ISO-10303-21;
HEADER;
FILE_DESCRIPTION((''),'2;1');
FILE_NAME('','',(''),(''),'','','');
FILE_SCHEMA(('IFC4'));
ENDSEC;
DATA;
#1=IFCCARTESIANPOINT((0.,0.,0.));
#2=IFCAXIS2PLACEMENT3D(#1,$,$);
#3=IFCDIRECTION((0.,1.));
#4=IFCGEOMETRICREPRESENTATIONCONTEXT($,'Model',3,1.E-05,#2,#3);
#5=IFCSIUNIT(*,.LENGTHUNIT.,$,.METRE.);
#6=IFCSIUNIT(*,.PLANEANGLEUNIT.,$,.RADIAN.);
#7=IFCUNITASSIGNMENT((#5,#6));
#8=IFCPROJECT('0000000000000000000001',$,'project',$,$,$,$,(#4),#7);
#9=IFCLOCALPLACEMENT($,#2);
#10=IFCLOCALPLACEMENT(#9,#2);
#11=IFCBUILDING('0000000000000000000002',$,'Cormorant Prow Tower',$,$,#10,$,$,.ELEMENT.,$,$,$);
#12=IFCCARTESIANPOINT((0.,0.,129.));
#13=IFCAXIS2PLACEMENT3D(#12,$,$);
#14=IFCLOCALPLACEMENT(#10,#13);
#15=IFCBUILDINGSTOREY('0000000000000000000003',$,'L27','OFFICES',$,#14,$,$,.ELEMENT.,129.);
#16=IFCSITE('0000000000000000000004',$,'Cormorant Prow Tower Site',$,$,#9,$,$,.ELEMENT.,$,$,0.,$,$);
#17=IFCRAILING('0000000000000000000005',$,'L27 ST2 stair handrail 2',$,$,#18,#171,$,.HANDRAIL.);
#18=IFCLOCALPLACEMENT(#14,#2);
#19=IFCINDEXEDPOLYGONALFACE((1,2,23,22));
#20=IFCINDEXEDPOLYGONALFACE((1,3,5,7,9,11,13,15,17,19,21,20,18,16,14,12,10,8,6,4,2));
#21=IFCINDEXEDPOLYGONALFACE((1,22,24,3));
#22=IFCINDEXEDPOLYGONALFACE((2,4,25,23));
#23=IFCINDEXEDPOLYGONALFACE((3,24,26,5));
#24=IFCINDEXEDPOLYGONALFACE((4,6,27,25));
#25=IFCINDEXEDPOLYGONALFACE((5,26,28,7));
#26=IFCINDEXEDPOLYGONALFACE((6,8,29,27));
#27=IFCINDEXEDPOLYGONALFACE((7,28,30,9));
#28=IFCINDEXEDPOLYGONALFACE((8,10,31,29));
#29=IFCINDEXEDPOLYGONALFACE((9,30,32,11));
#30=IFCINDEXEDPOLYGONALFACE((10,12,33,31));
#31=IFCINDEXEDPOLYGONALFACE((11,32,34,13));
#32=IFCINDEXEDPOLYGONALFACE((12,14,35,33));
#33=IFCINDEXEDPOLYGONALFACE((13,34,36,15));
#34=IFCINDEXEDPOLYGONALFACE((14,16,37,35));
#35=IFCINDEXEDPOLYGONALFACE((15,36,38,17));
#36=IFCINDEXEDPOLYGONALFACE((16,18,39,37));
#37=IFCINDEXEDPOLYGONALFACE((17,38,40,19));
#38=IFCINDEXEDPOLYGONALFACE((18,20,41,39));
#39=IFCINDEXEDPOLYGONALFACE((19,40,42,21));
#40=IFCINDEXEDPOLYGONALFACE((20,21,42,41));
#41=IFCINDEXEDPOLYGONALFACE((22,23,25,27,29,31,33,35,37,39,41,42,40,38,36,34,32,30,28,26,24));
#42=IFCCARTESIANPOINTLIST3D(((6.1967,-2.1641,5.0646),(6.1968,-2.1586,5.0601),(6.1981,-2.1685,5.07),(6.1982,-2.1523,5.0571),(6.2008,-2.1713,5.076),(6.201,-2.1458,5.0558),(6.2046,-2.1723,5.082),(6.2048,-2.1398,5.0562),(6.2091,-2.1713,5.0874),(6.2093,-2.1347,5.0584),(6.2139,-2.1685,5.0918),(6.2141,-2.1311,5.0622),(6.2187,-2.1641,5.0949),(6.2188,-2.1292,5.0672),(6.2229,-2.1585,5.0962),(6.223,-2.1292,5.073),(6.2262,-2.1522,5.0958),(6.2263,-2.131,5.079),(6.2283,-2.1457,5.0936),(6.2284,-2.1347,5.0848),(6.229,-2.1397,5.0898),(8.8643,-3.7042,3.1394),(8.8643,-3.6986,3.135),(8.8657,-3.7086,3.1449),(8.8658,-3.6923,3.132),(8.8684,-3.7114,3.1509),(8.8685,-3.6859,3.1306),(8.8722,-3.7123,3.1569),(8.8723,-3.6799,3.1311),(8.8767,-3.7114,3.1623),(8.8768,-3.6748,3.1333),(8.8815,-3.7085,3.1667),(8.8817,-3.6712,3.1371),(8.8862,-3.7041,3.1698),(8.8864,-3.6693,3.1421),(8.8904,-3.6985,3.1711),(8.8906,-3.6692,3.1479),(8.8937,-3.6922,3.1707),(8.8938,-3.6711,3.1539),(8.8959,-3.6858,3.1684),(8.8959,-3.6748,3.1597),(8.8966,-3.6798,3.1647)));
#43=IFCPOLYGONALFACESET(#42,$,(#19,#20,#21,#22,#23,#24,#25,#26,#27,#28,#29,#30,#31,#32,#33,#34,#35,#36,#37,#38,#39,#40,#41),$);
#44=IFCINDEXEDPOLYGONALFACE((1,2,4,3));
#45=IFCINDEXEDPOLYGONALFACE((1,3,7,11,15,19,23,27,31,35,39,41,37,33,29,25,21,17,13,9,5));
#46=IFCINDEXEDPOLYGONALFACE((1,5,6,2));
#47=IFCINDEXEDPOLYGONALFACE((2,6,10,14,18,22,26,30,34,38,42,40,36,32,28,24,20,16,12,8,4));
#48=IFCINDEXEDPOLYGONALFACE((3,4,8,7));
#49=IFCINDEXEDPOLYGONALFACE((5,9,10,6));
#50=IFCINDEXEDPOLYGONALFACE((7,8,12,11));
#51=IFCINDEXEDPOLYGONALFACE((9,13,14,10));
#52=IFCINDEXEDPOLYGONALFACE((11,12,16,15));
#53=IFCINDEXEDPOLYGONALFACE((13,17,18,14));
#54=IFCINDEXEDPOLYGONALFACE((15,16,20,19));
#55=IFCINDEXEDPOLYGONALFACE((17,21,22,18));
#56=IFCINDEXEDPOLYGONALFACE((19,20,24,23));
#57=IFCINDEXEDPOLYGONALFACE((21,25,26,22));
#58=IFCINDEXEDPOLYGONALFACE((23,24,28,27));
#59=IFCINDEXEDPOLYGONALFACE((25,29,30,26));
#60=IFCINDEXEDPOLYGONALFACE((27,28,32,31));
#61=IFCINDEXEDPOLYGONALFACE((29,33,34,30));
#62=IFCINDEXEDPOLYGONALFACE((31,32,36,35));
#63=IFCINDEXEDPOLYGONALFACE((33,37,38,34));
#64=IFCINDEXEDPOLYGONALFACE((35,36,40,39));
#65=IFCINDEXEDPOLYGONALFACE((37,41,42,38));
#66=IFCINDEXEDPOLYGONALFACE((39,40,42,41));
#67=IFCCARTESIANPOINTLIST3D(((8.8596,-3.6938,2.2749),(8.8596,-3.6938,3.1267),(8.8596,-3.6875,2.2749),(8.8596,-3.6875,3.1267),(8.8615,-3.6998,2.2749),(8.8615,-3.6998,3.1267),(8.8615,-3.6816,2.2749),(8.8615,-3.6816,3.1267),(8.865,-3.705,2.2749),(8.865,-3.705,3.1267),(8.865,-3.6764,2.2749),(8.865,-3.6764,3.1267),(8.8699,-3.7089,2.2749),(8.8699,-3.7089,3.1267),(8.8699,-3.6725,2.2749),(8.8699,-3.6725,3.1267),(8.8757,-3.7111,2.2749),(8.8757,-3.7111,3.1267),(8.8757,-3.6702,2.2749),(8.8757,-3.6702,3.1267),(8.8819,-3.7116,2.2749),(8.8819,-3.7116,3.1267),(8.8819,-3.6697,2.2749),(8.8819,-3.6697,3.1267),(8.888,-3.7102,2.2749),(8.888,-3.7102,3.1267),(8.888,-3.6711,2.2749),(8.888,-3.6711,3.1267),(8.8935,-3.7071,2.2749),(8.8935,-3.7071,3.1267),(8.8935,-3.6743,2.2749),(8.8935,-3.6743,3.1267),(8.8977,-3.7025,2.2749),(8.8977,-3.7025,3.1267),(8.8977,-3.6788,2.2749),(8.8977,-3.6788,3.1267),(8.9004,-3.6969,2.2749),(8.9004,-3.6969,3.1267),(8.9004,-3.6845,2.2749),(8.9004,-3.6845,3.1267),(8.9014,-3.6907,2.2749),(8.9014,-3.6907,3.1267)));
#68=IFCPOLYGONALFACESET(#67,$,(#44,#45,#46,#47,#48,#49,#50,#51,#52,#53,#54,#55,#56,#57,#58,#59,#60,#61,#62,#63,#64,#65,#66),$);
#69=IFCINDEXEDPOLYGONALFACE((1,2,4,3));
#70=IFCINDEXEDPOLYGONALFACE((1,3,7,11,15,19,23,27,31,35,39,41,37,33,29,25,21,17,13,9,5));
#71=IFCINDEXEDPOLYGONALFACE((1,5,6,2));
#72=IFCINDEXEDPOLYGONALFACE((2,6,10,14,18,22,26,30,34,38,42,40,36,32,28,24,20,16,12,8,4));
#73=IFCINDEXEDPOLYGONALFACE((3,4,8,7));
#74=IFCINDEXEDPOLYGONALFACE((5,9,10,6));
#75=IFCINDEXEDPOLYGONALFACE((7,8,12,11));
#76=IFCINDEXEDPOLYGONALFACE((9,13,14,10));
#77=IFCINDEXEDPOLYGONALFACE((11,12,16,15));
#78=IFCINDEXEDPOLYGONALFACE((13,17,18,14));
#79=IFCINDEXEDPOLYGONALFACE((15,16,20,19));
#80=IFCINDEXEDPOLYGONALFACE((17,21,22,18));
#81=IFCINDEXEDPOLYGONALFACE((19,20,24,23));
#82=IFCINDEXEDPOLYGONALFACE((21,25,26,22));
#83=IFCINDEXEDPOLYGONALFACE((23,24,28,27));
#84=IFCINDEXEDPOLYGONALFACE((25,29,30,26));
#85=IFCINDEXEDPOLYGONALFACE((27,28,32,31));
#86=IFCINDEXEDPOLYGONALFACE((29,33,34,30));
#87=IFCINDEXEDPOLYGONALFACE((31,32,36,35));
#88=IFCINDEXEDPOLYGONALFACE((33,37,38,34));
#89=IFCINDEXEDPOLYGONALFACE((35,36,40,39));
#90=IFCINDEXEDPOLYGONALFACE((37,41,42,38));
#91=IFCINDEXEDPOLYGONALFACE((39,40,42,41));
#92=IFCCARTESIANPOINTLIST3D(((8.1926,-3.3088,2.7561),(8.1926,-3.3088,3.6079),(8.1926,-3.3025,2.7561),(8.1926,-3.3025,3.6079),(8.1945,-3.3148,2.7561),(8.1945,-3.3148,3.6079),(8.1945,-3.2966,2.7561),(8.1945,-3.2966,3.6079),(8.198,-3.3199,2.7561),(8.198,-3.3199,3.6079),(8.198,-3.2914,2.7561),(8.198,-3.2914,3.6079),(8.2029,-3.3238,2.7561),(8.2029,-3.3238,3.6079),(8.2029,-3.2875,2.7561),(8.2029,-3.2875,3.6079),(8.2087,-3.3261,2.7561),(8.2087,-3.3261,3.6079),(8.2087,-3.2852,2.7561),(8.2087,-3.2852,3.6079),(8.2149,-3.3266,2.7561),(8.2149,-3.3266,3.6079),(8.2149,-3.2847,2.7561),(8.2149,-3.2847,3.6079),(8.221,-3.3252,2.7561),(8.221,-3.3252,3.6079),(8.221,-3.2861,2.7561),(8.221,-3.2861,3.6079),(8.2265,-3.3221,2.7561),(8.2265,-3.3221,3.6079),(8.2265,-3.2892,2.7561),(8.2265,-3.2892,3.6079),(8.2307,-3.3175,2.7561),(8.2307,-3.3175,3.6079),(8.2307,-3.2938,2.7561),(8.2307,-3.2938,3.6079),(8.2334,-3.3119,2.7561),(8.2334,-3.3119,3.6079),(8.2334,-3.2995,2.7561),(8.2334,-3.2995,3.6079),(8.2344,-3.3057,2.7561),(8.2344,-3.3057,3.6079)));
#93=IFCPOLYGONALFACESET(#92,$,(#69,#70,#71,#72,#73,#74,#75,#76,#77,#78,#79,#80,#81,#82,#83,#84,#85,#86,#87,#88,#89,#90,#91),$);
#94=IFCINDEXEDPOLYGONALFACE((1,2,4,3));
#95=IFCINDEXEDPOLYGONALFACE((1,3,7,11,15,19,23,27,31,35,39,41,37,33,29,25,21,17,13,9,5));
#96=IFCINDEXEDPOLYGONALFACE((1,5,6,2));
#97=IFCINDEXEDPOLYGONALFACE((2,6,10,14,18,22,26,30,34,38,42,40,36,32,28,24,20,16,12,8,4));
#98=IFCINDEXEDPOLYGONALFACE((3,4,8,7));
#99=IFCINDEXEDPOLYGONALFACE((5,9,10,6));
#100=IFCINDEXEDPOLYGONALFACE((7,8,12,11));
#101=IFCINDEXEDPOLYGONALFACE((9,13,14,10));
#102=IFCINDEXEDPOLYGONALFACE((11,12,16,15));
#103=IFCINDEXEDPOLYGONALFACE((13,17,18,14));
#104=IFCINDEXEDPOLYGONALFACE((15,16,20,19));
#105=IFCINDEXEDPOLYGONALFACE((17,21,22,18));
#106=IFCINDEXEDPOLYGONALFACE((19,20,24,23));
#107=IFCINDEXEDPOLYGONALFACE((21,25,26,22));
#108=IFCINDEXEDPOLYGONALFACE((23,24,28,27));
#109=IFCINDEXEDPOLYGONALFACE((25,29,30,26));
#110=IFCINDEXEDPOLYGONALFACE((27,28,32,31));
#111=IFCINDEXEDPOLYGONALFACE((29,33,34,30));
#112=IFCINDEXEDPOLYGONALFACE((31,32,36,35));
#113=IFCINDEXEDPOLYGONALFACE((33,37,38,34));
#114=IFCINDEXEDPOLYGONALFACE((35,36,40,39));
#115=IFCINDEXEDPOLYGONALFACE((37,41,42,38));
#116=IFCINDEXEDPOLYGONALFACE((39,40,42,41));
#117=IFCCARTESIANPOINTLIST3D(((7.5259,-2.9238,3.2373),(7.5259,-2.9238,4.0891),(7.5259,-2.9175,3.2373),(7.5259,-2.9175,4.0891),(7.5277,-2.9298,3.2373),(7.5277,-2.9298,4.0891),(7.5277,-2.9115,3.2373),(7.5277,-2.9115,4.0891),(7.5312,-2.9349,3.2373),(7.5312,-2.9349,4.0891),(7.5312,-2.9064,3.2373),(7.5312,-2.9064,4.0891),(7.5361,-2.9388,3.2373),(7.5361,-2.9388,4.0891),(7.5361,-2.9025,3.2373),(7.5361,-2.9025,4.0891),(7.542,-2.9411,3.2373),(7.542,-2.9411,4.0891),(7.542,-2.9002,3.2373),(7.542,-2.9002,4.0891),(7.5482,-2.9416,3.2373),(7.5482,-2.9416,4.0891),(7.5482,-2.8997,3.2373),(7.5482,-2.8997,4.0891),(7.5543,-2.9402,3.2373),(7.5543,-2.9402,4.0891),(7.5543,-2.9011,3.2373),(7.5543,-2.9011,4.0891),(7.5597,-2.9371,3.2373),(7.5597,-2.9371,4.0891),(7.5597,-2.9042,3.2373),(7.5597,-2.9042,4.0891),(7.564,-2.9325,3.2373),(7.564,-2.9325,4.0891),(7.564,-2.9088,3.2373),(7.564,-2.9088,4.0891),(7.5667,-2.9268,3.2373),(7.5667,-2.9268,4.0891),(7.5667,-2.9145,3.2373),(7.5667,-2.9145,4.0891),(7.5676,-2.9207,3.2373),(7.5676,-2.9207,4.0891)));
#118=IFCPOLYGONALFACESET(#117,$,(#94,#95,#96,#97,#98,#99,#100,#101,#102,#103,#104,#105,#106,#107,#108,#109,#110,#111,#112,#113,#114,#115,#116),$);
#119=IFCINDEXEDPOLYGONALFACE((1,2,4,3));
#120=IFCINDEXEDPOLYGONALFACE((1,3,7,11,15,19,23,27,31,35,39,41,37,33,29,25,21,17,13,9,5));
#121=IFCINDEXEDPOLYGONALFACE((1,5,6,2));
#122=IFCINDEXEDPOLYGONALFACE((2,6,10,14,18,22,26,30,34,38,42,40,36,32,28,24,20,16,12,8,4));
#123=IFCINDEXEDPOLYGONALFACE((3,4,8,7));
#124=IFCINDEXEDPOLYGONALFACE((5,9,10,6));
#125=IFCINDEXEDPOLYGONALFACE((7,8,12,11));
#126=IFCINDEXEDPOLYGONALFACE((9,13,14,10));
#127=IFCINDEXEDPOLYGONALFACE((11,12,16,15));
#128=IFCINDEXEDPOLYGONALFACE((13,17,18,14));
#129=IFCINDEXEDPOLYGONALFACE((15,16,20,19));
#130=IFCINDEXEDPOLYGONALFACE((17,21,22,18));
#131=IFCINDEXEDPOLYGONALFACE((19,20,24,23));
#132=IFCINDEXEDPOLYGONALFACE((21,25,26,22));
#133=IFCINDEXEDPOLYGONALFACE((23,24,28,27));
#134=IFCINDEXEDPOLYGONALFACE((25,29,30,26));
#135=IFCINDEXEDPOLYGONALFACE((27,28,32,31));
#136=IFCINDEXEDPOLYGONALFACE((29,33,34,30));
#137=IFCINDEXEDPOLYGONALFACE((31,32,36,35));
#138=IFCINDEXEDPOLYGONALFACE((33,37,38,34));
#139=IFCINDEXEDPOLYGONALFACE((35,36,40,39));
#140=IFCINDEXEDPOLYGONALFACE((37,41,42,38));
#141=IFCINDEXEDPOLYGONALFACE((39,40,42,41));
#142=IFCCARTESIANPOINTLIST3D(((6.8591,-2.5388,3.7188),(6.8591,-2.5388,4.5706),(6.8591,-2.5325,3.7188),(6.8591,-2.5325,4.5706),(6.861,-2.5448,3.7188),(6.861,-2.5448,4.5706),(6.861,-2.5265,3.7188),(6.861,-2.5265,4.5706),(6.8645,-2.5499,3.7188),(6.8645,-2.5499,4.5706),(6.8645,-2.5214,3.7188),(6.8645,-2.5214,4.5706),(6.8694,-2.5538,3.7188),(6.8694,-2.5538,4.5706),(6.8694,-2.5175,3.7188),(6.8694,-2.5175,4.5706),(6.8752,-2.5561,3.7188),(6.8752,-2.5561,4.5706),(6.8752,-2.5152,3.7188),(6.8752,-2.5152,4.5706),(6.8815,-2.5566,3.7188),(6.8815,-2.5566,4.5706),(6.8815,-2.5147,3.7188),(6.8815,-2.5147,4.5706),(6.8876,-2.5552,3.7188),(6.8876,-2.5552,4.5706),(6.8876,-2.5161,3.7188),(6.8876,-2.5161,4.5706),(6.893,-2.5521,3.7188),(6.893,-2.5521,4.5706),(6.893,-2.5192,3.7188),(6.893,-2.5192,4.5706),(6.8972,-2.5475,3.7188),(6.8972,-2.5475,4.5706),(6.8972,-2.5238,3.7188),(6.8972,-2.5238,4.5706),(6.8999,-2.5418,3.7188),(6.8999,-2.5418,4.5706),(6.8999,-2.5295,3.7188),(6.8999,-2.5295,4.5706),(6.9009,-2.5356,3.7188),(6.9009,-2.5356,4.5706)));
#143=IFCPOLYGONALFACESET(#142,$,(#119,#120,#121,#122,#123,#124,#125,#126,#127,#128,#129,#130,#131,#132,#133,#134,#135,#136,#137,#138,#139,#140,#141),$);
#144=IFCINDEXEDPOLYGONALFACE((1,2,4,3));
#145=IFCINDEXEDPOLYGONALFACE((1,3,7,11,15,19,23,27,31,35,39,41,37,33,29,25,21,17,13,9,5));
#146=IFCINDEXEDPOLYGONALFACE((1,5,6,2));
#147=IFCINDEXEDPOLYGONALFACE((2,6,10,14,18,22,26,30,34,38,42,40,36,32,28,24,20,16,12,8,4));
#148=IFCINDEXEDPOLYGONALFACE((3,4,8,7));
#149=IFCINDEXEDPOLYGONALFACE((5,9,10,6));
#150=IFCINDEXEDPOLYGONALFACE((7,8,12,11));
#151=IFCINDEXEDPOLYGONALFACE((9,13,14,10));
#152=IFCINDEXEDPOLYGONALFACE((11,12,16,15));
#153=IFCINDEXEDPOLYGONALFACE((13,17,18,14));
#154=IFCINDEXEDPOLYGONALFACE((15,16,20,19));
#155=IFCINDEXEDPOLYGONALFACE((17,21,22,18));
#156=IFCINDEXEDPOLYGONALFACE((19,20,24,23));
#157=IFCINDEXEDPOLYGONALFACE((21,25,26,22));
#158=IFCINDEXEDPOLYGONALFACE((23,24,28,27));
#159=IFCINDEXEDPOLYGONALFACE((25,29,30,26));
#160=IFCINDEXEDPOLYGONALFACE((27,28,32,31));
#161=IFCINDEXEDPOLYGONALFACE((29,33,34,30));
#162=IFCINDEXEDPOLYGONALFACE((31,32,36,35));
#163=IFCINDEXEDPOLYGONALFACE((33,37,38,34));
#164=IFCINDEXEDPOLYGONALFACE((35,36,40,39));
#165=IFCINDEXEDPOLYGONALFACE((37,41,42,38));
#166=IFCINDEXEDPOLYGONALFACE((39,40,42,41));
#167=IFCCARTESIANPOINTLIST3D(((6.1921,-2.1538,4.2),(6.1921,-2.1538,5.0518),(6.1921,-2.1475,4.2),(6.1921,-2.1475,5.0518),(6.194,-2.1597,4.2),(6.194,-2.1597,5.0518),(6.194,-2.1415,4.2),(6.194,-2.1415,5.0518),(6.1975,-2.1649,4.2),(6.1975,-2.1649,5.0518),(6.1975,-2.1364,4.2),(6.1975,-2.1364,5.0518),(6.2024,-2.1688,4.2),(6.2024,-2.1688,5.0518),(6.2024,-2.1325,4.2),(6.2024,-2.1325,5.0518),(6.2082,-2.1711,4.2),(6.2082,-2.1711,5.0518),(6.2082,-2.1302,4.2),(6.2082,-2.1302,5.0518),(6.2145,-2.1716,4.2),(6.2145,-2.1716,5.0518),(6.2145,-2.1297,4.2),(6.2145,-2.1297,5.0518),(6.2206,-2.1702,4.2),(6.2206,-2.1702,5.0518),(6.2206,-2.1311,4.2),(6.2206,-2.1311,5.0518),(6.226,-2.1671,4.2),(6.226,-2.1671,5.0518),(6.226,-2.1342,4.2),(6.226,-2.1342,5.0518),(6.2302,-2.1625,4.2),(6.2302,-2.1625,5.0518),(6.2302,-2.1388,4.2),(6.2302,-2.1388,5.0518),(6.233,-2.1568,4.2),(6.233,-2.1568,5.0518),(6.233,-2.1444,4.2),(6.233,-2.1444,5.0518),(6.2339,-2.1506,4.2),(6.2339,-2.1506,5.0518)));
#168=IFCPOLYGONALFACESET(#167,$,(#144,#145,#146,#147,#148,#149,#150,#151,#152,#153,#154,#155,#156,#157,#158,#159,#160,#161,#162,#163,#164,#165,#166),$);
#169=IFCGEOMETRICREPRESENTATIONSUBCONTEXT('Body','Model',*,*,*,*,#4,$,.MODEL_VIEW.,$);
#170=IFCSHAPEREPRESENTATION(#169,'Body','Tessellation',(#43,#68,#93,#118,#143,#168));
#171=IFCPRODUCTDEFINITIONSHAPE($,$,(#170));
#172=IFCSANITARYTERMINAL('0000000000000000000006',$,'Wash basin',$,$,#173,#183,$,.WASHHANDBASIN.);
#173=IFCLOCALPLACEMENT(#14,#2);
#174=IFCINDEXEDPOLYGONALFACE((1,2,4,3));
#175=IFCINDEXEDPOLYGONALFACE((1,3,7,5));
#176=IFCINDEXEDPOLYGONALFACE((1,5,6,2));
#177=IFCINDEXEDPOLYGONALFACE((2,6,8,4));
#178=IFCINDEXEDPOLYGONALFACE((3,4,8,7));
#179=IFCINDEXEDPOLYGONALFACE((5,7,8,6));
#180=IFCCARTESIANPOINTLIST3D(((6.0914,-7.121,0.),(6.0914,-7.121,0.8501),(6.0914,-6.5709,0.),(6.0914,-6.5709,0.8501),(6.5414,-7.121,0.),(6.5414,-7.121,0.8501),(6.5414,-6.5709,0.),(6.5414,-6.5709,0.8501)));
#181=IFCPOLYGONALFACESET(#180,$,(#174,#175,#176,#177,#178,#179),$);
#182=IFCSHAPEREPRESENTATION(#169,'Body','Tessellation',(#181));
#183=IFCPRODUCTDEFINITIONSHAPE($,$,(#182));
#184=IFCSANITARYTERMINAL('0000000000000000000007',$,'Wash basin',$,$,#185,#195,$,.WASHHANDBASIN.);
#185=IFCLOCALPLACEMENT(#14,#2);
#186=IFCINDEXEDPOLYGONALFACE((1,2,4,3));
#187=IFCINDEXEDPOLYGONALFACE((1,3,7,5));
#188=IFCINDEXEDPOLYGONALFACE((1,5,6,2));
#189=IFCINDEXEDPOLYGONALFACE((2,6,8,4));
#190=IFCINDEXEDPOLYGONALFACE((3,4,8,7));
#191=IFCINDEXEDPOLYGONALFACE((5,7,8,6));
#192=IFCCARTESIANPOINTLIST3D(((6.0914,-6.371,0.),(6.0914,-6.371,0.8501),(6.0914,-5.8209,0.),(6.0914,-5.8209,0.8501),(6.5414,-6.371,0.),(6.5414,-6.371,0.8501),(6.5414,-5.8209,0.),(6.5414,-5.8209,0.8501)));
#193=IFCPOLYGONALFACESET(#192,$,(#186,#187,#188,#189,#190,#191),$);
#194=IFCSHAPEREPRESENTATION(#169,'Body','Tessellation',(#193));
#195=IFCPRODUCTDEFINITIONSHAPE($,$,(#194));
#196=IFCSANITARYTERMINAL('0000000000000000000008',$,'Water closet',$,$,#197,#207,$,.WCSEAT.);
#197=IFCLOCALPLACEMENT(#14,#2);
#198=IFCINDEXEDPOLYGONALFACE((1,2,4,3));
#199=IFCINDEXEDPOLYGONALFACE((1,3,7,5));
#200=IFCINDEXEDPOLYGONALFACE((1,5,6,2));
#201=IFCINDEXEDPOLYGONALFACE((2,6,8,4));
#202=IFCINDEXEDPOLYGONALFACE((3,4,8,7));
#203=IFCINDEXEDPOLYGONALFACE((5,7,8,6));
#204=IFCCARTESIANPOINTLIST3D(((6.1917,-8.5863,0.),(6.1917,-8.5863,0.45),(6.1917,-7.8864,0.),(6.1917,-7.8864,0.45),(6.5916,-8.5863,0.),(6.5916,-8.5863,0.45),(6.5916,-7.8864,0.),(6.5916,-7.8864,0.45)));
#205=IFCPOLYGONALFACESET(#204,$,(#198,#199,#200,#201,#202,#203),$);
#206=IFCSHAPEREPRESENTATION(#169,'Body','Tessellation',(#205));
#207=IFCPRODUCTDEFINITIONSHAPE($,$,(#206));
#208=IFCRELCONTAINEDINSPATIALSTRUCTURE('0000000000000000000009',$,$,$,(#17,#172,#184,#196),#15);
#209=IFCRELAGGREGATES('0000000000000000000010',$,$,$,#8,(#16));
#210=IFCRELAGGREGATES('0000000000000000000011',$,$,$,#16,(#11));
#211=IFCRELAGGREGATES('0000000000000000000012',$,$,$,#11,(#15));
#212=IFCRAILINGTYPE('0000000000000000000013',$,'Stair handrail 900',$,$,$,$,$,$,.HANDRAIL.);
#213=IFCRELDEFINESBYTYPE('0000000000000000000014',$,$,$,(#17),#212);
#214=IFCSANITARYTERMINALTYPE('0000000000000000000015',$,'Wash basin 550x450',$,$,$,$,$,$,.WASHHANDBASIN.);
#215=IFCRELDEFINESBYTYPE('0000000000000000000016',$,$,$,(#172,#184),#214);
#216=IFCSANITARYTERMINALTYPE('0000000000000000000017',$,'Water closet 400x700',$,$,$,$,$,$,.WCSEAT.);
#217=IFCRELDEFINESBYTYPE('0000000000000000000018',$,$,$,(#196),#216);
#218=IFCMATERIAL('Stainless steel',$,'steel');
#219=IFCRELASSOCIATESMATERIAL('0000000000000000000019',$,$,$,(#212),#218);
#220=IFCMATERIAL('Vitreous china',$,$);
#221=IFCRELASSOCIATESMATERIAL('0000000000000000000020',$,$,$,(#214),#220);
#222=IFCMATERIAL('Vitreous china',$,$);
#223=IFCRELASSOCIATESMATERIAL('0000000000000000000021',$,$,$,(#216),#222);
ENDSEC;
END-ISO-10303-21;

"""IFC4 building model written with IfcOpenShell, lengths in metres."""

from ifc_helpers import new_model, si_unit, direction, frame, origin, origin_2d, place, context, subcontext, project, spatial, rectangle, circle, extrude, material, type_object, element, save


model = new_model("IFC4")

# Units and contexts
model_context = context("Model", 3, precision=1e-05, world=origin(), true_north=direction((0.0, 1.0)))
body_context = subcontext(model_context, "Body", "Model", "MODEL_VIEW")
ifc_project = project(units=[si_unit("LENGTHUNIT", "METRE"), si_unit("PLANEANGLEUNIT", "RADIAN")], contexts=[model_context])

# Site, building, storey
site_placement = place(None, origin())
site = spatial("IfcSite", under=ifc_project, at=site_placement, Name="Cormorant Prow Tower Site", CompositionType="ELEMENT", RefElevation=0.0)
building_placement = place(site_placement, origin())
building = spatial("IfcBuilding", under=site, at=building_placement, Name="Cormorant Prow Tower", CompositionType="ELEMENT")
storey_placement = place(building_placement, frame((0.0, 0.0, 129.0)))
storey = spatial("IfcBuildingStorey", under=building, at=storey_placement, Name="L27", Description="OFFICES", CompositionType="ELEMENT", Elevation=129.0)

# Railing
ifc_material_1 = material(Name="Stainless steel", Category="steel")
railing_type_1 = type_object("IfcRailingType", Name="Stair handrail 900", PredefinedType="HANDRAIL", material=ifc_material_1)
railing_1_placement = place(storey_placement, frame((8.8804, -3.6907, 2.2749)))
element("IfcRailing", 1, at=railing_1_placement, inside=storey, type_object=railing_type_1, Name="L27 ST2 stair handrail 2", PredefinedType="HANDRAIL", context=body_context, shape_type="SweptSolid", body=[
    extrude(circle(Radius=0.0239, at=origin_2d()), frame((0.0, 0.0, 0.876), z_axis=(-0.734395, 0.423994, 0.529993), x_axis=(-0.499992, -0.86603, 0.0)), (0.0, 0.0, 1.0), 3.6323),
    extrude(circle(Radius=0.021, at=origin_2d()), origin(), (0.0, 0.0, 1.0), 0.8518),
    extrude(circle(Radius=0.021, at=origin_2d()), frame((-0.667, 0.385, 0.4812)), (0.0, 0.0, 1.0), 0.8518),
    extrude(circle(Radius=0.021, at=origin_2d()), frame((-1.3337, 0.77, 0.9624)), (0.0, 0.0, 1.0), 0.8518),
    extrude(circle(Radius=0.021, at=origin_2d()), frame((-2.0005, 1.155, 1.4438)), (0.0, 0.0, 1.0), 0.8518),
    extrude(circle(Radius=0.021, at=origin_2d()), frame((-2.6675, 1.54, 1.925)), (0.0, 0.0, 1.0), 0.8518),
])

# Sanitary terminals
ifc_material_2 = material(Name="Vitreous china")
sanitary_terminal_type_1 = type_object("IfcSanitaryTerminalType", Name="Wash basin 550x450", PredefinedType="WASHHANDBASIN", material=ifc_material_2)
for number, where, z_axis, x_axis, name in (
    (2, (6.3164, -6.8459, 0.0), (0.0, 0.0, 1.0), (0.0, -1.0, 0.0), "Wash basin"),
    (3, (6.3164, -6.0959, 0.0), (0.0, 0.0, 1.0), (0.0, -1.0, 0.0), "Wash basin"),
):
    element("IfcSanitaryTerminal", number, at=place(storey_placement, frame(where, z_axis=z_axis, x_axis=x_axis)), inside=storey, type_object=sanitary_terminal_type_1, Name=name, PredefinedType="WASHHANDBASIN", context=body_context, shape_type="SweptSolid", body=[
        extrude(rectangle(XDim=0.55, YDim=0.45, at=origin_2d()), origin(), (0.0, 0.0, 1.0), 0.8501),
    ])
ifc_material_3 = material(Name="Vitreous china")
sanitary_terminal_type_2 = type_object("IfcSanitaryTerminalType", Name="Water closet 400x700", PredefinedType="WCSEAT", material=ifc_material_3)
for number, where, z_axis, x_axis, name in (
    (4, (6.3916, -8.2363, 0.0), (0.0, 0.0, 1.0), (1.0, 0.0, 0.0), "Water closet"),
):
    element("IfcSanitaryTerminal", number, at=place(storey_placement, frame(where, z_axis=z_axis, x_axis=x_axis)), inside=storey, type_object=sanitary_terminal_type_2, Name=name, PredefinedType="WCSEAT", context=body_context, shape_type="SweptSolid", body=[
        extrude(rectangle(XDim=0.3999, YDim=0.7, at=origin_2d()), origin(), (0.0, 0.0, 1.0), 0.45),
    ])

save(model, "model.ifc")
